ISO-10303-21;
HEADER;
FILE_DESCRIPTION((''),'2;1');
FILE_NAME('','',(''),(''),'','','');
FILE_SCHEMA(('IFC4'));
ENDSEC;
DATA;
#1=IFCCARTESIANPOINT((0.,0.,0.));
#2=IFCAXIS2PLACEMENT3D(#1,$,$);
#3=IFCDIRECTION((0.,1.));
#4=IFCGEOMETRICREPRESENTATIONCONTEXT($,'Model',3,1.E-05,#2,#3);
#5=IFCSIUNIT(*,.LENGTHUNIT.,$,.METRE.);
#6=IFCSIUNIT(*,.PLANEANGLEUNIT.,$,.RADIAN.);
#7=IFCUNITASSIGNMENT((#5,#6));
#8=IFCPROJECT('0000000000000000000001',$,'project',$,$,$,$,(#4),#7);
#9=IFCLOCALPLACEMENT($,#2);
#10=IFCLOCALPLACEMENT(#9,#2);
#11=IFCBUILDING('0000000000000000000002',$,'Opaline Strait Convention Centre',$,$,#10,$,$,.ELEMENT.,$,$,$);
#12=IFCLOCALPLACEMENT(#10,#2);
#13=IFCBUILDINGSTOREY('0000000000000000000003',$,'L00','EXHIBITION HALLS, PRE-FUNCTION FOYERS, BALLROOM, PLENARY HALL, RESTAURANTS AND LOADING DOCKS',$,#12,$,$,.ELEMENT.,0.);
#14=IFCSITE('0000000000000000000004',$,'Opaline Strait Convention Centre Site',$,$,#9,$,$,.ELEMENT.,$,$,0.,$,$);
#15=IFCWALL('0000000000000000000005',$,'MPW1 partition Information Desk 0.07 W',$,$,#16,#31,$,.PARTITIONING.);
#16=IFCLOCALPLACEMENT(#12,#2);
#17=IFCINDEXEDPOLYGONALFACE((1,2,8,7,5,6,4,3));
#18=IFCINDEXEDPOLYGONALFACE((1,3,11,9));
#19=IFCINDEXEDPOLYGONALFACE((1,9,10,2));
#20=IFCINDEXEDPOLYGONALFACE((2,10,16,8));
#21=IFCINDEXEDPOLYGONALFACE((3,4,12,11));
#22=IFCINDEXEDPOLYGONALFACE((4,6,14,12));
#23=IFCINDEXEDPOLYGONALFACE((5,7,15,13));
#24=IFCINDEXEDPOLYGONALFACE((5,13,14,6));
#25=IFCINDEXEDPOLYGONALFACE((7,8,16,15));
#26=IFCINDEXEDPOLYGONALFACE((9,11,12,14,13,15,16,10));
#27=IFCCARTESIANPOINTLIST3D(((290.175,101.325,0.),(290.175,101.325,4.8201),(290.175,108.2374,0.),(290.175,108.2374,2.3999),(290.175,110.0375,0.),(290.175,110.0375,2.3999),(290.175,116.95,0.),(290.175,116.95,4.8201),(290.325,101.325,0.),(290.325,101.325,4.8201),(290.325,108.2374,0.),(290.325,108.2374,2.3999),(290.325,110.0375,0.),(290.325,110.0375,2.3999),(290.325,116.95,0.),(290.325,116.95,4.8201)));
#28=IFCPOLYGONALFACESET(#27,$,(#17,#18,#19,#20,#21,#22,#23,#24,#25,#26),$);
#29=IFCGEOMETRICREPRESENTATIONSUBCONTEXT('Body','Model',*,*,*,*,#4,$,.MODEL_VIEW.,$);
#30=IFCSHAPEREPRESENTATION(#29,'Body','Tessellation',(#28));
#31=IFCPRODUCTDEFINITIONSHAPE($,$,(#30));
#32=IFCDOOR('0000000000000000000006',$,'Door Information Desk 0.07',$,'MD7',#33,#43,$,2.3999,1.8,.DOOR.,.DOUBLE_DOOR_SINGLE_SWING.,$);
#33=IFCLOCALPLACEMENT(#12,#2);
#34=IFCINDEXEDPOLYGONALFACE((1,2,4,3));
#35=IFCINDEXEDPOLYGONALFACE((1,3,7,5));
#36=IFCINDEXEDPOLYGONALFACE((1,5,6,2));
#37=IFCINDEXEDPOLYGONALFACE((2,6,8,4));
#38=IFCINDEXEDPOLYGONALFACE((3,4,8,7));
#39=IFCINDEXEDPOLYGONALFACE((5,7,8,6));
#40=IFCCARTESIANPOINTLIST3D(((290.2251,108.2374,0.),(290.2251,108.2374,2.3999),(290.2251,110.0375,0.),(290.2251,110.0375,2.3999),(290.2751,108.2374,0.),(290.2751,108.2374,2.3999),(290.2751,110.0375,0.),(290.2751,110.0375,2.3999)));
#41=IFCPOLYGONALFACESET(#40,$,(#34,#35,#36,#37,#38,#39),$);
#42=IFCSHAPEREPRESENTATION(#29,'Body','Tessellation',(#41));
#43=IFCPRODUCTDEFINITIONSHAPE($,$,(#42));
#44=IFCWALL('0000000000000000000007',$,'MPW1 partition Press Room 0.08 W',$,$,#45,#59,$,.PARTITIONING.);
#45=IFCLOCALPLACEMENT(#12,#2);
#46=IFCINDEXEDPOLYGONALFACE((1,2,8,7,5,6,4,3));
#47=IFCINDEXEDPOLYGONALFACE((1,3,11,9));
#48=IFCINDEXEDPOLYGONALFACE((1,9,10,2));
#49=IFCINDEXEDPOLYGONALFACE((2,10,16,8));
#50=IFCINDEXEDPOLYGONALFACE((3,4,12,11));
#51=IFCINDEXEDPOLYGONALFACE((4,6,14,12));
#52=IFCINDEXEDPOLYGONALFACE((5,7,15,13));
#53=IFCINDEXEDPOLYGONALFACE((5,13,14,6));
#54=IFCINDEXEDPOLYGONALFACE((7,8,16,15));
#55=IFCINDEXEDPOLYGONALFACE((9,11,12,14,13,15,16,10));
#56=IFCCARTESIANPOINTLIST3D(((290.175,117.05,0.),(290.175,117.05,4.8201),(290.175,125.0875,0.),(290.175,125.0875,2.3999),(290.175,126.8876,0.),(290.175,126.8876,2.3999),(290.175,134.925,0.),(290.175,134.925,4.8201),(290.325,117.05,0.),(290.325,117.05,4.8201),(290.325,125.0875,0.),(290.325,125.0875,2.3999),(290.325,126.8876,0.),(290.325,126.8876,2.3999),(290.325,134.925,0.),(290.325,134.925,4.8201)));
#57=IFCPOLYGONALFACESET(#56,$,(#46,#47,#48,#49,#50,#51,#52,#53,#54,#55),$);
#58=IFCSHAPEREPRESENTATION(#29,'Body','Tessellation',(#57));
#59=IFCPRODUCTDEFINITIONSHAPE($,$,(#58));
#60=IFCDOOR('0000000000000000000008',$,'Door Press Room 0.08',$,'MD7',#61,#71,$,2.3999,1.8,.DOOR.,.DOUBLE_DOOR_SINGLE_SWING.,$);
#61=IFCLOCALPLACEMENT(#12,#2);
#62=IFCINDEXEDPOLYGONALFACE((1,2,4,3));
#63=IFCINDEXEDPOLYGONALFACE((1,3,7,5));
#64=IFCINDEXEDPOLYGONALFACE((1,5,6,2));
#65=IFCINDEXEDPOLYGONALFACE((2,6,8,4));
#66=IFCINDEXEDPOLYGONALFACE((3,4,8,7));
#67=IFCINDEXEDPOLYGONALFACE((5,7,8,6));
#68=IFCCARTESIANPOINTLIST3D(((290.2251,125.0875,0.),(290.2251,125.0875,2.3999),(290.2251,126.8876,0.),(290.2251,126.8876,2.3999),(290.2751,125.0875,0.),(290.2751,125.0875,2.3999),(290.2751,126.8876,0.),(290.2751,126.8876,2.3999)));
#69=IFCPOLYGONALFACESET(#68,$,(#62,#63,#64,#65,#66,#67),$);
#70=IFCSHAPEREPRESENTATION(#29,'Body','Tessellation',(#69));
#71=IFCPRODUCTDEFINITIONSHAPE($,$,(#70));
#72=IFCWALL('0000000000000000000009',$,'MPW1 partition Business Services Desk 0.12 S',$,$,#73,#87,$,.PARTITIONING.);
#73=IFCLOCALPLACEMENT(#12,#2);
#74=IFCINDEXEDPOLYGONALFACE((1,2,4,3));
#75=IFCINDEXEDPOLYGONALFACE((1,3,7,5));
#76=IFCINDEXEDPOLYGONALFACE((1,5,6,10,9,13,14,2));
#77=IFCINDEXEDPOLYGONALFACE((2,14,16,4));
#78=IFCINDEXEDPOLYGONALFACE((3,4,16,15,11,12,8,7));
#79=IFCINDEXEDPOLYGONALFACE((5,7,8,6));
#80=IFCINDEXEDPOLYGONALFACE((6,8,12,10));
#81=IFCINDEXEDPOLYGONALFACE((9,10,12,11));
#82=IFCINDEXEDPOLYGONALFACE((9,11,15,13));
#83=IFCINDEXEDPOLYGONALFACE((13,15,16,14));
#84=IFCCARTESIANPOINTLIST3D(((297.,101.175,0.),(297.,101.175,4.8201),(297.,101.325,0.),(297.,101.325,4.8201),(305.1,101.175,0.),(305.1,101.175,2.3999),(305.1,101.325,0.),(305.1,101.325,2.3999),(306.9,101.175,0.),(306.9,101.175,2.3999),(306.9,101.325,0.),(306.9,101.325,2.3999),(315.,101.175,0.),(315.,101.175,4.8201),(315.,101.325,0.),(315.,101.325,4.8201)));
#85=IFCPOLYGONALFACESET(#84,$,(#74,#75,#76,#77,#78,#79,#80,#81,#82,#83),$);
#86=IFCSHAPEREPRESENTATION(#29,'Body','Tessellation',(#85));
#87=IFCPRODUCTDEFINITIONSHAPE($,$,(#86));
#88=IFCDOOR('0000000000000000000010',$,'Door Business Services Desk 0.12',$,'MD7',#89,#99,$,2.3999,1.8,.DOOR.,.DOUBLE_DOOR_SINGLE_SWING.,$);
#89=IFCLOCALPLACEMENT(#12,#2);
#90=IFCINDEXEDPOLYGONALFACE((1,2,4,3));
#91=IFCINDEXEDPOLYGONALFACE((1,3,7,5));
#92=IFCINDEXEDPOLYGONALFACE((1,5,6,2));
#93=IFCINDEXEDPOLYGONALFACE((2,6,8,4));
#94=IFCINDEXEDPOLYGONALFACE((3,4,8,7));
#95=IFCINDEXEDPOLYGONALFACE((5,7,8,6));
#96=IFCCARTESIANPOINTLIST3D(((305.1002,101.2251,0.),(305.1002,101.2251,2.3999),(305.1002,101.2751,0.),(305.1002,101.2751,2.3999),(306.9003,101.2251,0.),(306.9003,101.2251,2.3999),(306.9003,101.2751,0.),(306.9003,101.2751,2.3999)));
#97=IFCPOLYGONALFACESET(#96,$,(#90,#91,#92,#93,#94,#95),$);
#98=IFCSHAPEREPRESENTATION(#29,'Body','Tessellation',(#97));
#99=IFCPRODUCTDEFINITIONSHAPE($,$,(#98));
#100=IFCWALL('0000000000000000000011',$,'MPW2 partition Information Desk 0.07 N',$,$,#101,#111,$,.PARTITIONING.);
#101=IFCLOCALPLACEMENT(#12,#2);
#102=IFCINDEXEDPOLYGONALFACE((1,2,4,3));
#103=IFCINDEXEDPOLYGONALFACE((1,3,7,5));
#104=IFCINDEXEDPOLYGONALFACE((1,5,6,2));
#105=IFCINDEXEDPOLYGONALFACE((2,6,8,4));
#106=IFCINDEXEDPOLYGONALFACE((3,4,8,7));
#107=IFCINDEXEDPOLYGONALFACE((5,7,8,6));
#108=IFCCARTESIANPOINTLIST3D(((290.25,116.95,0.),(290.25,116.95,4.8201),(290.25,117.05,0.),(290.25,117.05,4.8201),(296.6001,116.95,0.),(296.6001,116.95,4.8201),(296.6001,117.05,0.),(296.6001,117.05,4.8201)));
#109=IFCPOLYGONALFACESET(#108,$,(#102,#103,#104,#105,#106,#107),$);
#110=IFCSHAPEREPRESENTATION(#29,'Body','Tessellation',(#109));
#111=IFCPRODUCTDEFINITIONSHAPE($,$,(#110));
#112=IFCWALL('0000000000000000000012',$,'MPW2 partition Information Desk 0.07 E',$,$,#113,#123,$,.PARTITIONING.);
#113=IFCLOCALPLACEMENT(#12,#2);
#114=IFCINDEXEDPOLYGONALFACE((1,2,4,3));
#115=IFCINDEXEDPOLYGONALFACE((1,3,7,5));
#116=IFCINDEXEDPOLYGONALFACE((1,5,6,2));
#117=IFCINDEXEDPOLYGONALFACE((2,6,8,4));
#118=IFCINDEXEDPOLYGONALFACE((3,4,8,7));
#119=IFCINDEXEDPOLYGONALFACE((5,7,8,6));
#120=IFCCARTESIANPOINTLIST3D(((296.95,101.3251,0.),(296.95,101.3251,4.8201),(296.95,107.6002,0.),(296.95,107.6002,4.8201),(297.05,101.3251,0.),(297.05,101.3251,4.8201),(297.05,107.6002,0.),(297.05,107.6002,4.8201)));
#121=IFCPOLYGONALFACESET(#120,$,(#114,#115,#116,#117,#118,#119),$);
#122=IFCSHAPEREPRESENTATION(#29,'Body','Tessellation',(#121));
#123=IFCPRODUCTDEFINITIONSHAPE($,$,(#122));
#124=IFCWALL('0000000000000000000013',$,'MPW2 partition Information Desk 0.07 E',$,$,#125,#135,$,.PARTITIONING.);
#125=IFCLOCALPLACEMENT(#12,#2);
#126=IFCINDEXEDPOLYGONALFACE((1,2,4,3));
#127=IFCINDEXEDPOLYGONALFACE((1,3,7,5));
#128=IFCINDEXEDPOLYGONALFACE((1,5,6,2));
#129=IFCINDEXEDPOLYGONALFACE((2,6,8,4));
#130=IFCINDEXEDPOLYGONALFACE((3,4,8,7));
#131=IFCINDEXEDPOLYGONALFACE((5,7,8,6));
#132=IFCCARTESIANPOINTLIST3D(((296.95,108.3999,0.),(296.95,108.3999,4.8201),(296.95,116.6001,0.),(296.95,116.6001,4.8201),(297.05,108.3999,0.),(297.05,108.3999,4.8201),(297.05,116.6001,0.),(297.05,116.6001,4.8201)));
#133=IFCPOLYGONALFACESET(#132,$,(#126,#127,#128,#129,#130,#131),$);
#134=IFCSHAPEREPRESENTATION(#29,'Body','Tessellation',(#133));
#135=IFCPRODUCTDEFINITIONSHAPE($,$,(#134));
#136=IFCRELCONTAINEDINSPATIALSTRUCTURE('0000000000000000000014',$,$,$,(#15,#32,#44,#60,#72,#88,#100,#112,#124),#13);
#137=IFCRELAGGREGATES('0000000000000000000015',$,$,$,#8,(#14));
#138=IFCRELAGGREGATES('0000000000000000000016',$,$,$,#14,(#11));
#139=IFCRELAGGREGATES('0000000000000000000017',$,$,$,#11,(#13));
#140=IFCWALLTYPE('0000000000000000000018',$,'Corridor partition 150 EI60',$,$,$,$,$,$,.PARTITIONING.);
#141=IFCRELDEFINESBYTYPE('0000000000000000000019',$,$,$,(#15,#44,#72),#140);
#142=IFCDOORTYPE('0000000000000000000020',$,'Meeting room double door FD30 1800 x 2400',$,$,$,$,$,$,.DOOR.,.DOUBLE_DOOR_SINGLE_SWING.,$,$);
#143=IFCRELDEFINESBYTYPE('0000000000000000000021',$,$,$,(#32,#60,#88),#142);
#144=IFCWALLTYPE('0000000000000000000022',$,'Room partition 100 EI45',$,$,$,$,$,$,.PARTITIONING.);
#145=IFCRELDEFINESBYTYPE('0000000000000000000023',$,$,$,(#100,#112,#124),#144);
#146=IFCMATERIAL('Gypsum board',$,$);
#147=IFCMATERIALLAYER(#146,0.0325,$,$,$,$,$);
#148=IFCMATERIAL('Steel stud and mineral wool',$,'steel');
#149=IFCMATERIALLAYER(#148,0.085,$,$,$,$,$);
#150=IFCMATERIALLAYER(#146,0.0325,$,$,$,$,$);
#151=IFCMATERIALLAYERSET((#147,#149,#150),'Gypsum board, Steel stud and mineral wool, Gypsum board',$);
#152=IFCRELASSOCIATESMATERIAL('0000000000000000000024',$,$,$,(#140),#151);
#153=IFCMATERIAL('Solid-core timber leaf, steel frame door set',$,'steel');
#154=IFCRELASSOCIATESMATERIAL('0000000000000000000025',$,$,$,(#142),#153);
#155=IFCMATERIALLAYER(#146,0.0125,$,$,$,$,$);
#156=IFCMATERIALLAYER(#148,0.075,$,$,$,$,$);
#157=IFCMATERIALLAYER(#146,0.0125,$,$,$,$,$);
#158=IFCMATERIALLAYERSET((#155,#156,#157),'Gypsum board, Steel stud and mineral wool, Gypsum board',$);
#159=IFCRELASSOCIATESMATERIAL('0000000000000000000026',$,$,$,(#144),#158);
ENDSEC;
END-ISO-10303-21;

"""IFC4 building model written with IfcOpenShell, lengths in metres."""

from ifc_helpers import new_model, si_unit, direction, frame, frame_2d, origin, place, context, subcontext, project, spatial, rectangle, extrude, material, layer, layer_set, type_object, element, fill, save


model = new_model("IFC4")

# Units and contexts
model_context = context("Model", 3, precision=1e-05, world=origin(), true_north=direction((0.0, 1.0)))
body_context = subcontext(model_context, "Body", "Model", "MODEL_VIEW")
ifc_project = project(units=[si_unit("LENGTHUNIT", "METRE"), si_unit("PLANEANGLEUNIT", "RADIAN")], contexts=[model_context])

# Site, building, storey
site_placement = place(None, origin())
site = spatial("IfcSite", under=ifc_project, at=site_placement, Name="Opaline Strait Convention Centre Site", CompositionType="ELEMENT", RefElevation=0.0)
building_placement = place(site_placement, origin())
building = spatial("IfcBuilding", under=site, at=building_placement, Name="Opaline Strait Convention Centre", CompositionType="ELEMENT")
storey_placement = place(building_placement, origin())
storey = spatial("IfcBuildingStorey", under=building, at=storey_placement, Name="L00", Description="EXHIBITION HALLS, PRE-FUNCTION FOYERS, BALLROOM, PLENARY HALL, RESTAURANTS AND LOADING DOCKS", CompositionType="ELEMENT", Elevation=0.0)

# Shared definitions
ifc_material_1 = material(Name="Gypsum board")
ifc_layer_1 = layer(ifc_material_1, 0.0325)
ifc_material_2 = material(Name="Steel stud and mineral wool", Category="steel")
ifc_layer_2 = layer(ifc_material_2, 0.085)
ifc_layer_3 = layer(ifc_material_1, 0.0325)
ifc_layer_set_1 = layer_set([ifc_layer_1, ifc_layer_2, ifc_layer_3], Name="Gypsum board, Steel stud and mineral wool, Gypsum board")
wall_type_1 = type_object("IfcWallType", Name="Corridor partition 150 EI60", PredefinedType="PARTITIONING", material=ifc_layer_set_1)

# Walls, openings, doors
wall_1_placement = place(storey_placement, frame((290.25, 101.325, 0.0), z_axis=(0.0, 0.0, 1.0), x_axis=(0.0, 1.0, 0.0)))
wall_1 = element("IfcWall", 1, at=wall_1_placement, inside=storey, type_object=wall_type_1, Name="MPW1 partition Information Desk 0.07 W", PredefinedType="PARTITIONING", context=body_context, shape_type="SweptSolid", body=[
    extrude(rectangle(XDim=15.625, YDim=0.1499, at=frame_2d((7.8125, 0.0))), origin(), (0.0, 0.0, 1.0), 4.8201),
])
opening_1_placement = place(wall_1_placement, frame((6.9126, 0.0, 0.0)))
opening_1 = element("IfcOpeningElement", 2, at=opening_1_placement, cuts=wall_1, PredefinedType="OPENING", context=body_context, shape_type="SweptSolid", body=[
    extrude(rectangle(XDim=1.8, YDim=2.3999, at=frame_2d((0.8999, 1.2))), frame((0.0, 0.085, 0.0), z_axis=(0.0, -1.0, 0.0), x_axis=(1.0, 0.0, 0.0)), (0.0, 0.0, 1.0), 0.1699),
])
ifc_material_3 = material(Name="Solid-core timber leaf, steel frame door set", Category="steel")
door_type = type_object("IfcDoorType", Name="Meeting room double door FD30 1800 x 2400", OperationType="DOUBLE_DOOR_SINGLE_SWING", PredefinedType="DOOR", material=ifc_material_3)
door_1_placement = place(opening_1_placement, origin())
door_1 = element("IfcDoor", 3, at=door_1_placement, inside=storey, type_object=door_type, Name="Door Information Desk 0.07", ObjectType="MD7", OperationType="DOUBLE_DOOR_SINGLE_SWING", OverallHeight=2.3999, OverallWidth=1.8, PredefinedType="DOOR", context=body_context, shape_type="SweptSolid", body=[
    extrude(rectangle(XDim=1.8, YDim=2.3999, at=frame_2d((0.8999, 1.2))), frame((0.0, 0.0249, 0.0), z_axis=(0.0, -1.0, 0.0), x_axis=(1.0, 0.0, 0.0)), (0.0, 0.0, 1.0), 0.05),
])
fill(opening_1, door_1)
wall_2_placement = place(storey_placement, frame((290.25, 117.05, 0.0), z_axis=(0.0, 0.0, 1.0), x_axis=(0.0, 1.0, 0.0)))
wall_2 = element("IfcWall", 4, at=wall_2_placement, inside=storey, type_object=wall_type_1, Name="MPW1 partition Press Room 0.08 W", PredefinedType="PARTITIONING", context=body_context, shape_type="SweptSolid", body=[
    extrude(rectangle(XDim=17.875, YDim=0.1499, at=frame_2d((8.9375, 0.0))), origin(), (0.0, 0.0, 1.0), 4.8201),
])
opening_2_placement = place(wall_2_placement, frame((8.0376, 0.0, 0.0)))
opening_2 = element("IfcOpeningElement", 5, at=opening_2_placement, cuts=wall_2, PredefinedType="OPENING", context=body_context, shape_type="SweptSolid", body=[
    extrude(rectangle(XDim=1.8, YDim=2.3999, at=frame_2d((0.8999, 1.2))), frame((0.0, 0.085, 0.0), z_axis=(0.0, -1.0, 0.0), x_axis=(1.0, 0.0, 0.0)), (0.0, 0.0, 1.0), 0.1699),
])
door_2_placement = place(opening_2_placement, origin())
door_2 = element("IfcDoor", 6, at=door_2_placement, inside=storey, type_object=door_type, Name="Door Press Room 0.08", ObjectType="MD7", OperationType="DOUBLE_DOOR_SINGLE_SWING", OverallHeight=2.3999, OverallWidth=1.8, PredefinedType="DOOR", context=body_context, shape_type="SweptSolid", body=[
    extrude(rectangle(XDim=1.8, YDim=2.3999, at=frame_2d((0.8999, 1.2))), frame((0.0, 0.0249, 0.0), z_axis=(0.0, -1.0, 0.0), x_axis=(1.0, 0.0, 0.0)), (0.0, 0.0, 1.0), 0.05),
])
fill(opening_2, door_2)
wall_3_placement = place(storey_placement, frame((297.0, 101.25, 0.0), z_axis=(0.0, 0.0, 1.0), x_axis=(1.0, 0.0, 0.0)))
wall_3 = element("IfcWall", 7, at=wall_3_placement, inside=storey, type_object=wall_type_1, Name="MPW1 partition Business Services Desk 0.12 S", PredefinedType="PARTITIONING", context=body_context, shape_type="SweptSolid", body=[
    extrude(rectangle(XDim=18.0, YDim=0.1499, at=frame_2d((9.0, 0.0))), origin(), (0.0, 0.0, 1.0), 4.8201),
])
opening_3_placement = place(wall_3_placement, frame((8.1001, 0.0, 0.0)))
opening_3 = element("IfcOpeningElement", 8, at=opening_3_placement, cuts=wall_3, PredefinedType="OPENING", context=body_context, shape_type="SweptSolid", body=[
    extrude(rectangle(XDim=1.8, YDim=2.3999, at=frame_2d((0.8999, 1.2))), frame((0.0, 0.085, 0.0), z_axis=(0.0, -1.0, 0.0), x_axis=(1.0, 0.0, 0.0)), (0.0, 0.0, 1.0), 0.1699),
])
door_3_placement = place(opening_3_placement, frame((1.8, 0.0, 0.0), z_axis=(0.0, 0.0, 1.0), x_axis=(-1.0, 0.0, 0.0)))
door_3 = element("IfcDoor", 9, at=door_3_placement, inside=storey, type_object=door_type, Name="Door Business Services Desk 0.12", ObjectType="MD7", OperationType="DOUBLE_DOOR_SINGLE_SWING", OverallHeight=2.3999, OverallWidth=1.8, PredefinedType="DOOR", context=body_context, shape_type="SweptSolid", body=[
    extrude(rectangle(XDim=1.8, YDim=2.3999, at=frame_2d((0.8999, 1.2))), frame((0.0, 0.0249, 0.0), z_axis=(0.0, -1.0, 0.0), x_axis=(1.0, 0.0, 0.0)), (0.0, 0.0, 1.0), 0.05),
])
fill(opening_3, door_3)

# Walls
ifc_layer_4 = layer(ifc_material_1, 0.0125)
ifc_layer_5 = layer(ifc_material_2, 0.075)
ifc_layer_6 = layer(ifc_material_1, 0.0125)
ifc_layer_set_2 = layer_set([ifc_layer_4, ifc_layer_5, ifc_layer_6], Name="Gypsum board, Steel stud and mineral wool, Gypsum board")
wall_type_2 = type_object("IfcWallType", Name="Room partition 100 EI45", PredefinedType="PARTITIONING", material=ifc_layer_set_2)
wall_4_placement = place(storey_placement, frame((290.25, 117.0, 0.0), z_axis=(0.0, 0.0, 1.0), x_axis=(1.0, 0.0, 0.0)))
element("IfcWall", 10, at=wall_4_placement, inside=storey, type_object=wall_type_2, Name="MPW2 partition Information Desk 0.07 N", PredefinedType="PARTITIONING", context=body_context, shape_type="SweptSolid", body=[
    extrude(rectangle(XDim=6.3501, YDim=0.1001, at=frame_2d((3.175, 0.0))), origin(), (0.0, 0.0, 1.0), 4.8201),
])
wall_5_placement = place(storey_placement, frame((297.0, 101.325, 0.0), z_axis=(0.0, 0.0, 1.0), x_axis=(0.0, 1.0, 0.0)))
element("IfcWall", 11, at=wall_5_placement, inside=storey, type_object=wall_type_2, Name="MPW2 partition Information Desk 0.07 E", PredefinedType="PARTITIONING", context=body_context, shape_type="SweptSolid", body=[
    extrude(rectangle(XDim=6.2751, YDim=0.1001, at=frame_2d((3.1377, 0.0))), origin(), (0.0, 0.0, 1.0), 4.8201),
])
wall_6_placement = place(storey_placement, frame((297.0, 108.3999, 0.0), z_axis=(0.0, 0.0, 1.0), x_axis=(0.0, 1.0, 0.0)))
element("IfcWall", 12, at=wall_6_placement, inside=storey, type_object=wall_type_2, Name="MPW2 partition Information Desk 0.07 E", PredefinedType="PARTITIONING", context=body_context, shape_type="SweptSolid", body=[
    extrude(rectangle(XDim=8.2002, YDim=0.1001, at=frame_2d((4.1001, 0.0))), origin(), (0.0, 0.0, 1.0), 4.8201),
])

save(model, "model.ifc")
